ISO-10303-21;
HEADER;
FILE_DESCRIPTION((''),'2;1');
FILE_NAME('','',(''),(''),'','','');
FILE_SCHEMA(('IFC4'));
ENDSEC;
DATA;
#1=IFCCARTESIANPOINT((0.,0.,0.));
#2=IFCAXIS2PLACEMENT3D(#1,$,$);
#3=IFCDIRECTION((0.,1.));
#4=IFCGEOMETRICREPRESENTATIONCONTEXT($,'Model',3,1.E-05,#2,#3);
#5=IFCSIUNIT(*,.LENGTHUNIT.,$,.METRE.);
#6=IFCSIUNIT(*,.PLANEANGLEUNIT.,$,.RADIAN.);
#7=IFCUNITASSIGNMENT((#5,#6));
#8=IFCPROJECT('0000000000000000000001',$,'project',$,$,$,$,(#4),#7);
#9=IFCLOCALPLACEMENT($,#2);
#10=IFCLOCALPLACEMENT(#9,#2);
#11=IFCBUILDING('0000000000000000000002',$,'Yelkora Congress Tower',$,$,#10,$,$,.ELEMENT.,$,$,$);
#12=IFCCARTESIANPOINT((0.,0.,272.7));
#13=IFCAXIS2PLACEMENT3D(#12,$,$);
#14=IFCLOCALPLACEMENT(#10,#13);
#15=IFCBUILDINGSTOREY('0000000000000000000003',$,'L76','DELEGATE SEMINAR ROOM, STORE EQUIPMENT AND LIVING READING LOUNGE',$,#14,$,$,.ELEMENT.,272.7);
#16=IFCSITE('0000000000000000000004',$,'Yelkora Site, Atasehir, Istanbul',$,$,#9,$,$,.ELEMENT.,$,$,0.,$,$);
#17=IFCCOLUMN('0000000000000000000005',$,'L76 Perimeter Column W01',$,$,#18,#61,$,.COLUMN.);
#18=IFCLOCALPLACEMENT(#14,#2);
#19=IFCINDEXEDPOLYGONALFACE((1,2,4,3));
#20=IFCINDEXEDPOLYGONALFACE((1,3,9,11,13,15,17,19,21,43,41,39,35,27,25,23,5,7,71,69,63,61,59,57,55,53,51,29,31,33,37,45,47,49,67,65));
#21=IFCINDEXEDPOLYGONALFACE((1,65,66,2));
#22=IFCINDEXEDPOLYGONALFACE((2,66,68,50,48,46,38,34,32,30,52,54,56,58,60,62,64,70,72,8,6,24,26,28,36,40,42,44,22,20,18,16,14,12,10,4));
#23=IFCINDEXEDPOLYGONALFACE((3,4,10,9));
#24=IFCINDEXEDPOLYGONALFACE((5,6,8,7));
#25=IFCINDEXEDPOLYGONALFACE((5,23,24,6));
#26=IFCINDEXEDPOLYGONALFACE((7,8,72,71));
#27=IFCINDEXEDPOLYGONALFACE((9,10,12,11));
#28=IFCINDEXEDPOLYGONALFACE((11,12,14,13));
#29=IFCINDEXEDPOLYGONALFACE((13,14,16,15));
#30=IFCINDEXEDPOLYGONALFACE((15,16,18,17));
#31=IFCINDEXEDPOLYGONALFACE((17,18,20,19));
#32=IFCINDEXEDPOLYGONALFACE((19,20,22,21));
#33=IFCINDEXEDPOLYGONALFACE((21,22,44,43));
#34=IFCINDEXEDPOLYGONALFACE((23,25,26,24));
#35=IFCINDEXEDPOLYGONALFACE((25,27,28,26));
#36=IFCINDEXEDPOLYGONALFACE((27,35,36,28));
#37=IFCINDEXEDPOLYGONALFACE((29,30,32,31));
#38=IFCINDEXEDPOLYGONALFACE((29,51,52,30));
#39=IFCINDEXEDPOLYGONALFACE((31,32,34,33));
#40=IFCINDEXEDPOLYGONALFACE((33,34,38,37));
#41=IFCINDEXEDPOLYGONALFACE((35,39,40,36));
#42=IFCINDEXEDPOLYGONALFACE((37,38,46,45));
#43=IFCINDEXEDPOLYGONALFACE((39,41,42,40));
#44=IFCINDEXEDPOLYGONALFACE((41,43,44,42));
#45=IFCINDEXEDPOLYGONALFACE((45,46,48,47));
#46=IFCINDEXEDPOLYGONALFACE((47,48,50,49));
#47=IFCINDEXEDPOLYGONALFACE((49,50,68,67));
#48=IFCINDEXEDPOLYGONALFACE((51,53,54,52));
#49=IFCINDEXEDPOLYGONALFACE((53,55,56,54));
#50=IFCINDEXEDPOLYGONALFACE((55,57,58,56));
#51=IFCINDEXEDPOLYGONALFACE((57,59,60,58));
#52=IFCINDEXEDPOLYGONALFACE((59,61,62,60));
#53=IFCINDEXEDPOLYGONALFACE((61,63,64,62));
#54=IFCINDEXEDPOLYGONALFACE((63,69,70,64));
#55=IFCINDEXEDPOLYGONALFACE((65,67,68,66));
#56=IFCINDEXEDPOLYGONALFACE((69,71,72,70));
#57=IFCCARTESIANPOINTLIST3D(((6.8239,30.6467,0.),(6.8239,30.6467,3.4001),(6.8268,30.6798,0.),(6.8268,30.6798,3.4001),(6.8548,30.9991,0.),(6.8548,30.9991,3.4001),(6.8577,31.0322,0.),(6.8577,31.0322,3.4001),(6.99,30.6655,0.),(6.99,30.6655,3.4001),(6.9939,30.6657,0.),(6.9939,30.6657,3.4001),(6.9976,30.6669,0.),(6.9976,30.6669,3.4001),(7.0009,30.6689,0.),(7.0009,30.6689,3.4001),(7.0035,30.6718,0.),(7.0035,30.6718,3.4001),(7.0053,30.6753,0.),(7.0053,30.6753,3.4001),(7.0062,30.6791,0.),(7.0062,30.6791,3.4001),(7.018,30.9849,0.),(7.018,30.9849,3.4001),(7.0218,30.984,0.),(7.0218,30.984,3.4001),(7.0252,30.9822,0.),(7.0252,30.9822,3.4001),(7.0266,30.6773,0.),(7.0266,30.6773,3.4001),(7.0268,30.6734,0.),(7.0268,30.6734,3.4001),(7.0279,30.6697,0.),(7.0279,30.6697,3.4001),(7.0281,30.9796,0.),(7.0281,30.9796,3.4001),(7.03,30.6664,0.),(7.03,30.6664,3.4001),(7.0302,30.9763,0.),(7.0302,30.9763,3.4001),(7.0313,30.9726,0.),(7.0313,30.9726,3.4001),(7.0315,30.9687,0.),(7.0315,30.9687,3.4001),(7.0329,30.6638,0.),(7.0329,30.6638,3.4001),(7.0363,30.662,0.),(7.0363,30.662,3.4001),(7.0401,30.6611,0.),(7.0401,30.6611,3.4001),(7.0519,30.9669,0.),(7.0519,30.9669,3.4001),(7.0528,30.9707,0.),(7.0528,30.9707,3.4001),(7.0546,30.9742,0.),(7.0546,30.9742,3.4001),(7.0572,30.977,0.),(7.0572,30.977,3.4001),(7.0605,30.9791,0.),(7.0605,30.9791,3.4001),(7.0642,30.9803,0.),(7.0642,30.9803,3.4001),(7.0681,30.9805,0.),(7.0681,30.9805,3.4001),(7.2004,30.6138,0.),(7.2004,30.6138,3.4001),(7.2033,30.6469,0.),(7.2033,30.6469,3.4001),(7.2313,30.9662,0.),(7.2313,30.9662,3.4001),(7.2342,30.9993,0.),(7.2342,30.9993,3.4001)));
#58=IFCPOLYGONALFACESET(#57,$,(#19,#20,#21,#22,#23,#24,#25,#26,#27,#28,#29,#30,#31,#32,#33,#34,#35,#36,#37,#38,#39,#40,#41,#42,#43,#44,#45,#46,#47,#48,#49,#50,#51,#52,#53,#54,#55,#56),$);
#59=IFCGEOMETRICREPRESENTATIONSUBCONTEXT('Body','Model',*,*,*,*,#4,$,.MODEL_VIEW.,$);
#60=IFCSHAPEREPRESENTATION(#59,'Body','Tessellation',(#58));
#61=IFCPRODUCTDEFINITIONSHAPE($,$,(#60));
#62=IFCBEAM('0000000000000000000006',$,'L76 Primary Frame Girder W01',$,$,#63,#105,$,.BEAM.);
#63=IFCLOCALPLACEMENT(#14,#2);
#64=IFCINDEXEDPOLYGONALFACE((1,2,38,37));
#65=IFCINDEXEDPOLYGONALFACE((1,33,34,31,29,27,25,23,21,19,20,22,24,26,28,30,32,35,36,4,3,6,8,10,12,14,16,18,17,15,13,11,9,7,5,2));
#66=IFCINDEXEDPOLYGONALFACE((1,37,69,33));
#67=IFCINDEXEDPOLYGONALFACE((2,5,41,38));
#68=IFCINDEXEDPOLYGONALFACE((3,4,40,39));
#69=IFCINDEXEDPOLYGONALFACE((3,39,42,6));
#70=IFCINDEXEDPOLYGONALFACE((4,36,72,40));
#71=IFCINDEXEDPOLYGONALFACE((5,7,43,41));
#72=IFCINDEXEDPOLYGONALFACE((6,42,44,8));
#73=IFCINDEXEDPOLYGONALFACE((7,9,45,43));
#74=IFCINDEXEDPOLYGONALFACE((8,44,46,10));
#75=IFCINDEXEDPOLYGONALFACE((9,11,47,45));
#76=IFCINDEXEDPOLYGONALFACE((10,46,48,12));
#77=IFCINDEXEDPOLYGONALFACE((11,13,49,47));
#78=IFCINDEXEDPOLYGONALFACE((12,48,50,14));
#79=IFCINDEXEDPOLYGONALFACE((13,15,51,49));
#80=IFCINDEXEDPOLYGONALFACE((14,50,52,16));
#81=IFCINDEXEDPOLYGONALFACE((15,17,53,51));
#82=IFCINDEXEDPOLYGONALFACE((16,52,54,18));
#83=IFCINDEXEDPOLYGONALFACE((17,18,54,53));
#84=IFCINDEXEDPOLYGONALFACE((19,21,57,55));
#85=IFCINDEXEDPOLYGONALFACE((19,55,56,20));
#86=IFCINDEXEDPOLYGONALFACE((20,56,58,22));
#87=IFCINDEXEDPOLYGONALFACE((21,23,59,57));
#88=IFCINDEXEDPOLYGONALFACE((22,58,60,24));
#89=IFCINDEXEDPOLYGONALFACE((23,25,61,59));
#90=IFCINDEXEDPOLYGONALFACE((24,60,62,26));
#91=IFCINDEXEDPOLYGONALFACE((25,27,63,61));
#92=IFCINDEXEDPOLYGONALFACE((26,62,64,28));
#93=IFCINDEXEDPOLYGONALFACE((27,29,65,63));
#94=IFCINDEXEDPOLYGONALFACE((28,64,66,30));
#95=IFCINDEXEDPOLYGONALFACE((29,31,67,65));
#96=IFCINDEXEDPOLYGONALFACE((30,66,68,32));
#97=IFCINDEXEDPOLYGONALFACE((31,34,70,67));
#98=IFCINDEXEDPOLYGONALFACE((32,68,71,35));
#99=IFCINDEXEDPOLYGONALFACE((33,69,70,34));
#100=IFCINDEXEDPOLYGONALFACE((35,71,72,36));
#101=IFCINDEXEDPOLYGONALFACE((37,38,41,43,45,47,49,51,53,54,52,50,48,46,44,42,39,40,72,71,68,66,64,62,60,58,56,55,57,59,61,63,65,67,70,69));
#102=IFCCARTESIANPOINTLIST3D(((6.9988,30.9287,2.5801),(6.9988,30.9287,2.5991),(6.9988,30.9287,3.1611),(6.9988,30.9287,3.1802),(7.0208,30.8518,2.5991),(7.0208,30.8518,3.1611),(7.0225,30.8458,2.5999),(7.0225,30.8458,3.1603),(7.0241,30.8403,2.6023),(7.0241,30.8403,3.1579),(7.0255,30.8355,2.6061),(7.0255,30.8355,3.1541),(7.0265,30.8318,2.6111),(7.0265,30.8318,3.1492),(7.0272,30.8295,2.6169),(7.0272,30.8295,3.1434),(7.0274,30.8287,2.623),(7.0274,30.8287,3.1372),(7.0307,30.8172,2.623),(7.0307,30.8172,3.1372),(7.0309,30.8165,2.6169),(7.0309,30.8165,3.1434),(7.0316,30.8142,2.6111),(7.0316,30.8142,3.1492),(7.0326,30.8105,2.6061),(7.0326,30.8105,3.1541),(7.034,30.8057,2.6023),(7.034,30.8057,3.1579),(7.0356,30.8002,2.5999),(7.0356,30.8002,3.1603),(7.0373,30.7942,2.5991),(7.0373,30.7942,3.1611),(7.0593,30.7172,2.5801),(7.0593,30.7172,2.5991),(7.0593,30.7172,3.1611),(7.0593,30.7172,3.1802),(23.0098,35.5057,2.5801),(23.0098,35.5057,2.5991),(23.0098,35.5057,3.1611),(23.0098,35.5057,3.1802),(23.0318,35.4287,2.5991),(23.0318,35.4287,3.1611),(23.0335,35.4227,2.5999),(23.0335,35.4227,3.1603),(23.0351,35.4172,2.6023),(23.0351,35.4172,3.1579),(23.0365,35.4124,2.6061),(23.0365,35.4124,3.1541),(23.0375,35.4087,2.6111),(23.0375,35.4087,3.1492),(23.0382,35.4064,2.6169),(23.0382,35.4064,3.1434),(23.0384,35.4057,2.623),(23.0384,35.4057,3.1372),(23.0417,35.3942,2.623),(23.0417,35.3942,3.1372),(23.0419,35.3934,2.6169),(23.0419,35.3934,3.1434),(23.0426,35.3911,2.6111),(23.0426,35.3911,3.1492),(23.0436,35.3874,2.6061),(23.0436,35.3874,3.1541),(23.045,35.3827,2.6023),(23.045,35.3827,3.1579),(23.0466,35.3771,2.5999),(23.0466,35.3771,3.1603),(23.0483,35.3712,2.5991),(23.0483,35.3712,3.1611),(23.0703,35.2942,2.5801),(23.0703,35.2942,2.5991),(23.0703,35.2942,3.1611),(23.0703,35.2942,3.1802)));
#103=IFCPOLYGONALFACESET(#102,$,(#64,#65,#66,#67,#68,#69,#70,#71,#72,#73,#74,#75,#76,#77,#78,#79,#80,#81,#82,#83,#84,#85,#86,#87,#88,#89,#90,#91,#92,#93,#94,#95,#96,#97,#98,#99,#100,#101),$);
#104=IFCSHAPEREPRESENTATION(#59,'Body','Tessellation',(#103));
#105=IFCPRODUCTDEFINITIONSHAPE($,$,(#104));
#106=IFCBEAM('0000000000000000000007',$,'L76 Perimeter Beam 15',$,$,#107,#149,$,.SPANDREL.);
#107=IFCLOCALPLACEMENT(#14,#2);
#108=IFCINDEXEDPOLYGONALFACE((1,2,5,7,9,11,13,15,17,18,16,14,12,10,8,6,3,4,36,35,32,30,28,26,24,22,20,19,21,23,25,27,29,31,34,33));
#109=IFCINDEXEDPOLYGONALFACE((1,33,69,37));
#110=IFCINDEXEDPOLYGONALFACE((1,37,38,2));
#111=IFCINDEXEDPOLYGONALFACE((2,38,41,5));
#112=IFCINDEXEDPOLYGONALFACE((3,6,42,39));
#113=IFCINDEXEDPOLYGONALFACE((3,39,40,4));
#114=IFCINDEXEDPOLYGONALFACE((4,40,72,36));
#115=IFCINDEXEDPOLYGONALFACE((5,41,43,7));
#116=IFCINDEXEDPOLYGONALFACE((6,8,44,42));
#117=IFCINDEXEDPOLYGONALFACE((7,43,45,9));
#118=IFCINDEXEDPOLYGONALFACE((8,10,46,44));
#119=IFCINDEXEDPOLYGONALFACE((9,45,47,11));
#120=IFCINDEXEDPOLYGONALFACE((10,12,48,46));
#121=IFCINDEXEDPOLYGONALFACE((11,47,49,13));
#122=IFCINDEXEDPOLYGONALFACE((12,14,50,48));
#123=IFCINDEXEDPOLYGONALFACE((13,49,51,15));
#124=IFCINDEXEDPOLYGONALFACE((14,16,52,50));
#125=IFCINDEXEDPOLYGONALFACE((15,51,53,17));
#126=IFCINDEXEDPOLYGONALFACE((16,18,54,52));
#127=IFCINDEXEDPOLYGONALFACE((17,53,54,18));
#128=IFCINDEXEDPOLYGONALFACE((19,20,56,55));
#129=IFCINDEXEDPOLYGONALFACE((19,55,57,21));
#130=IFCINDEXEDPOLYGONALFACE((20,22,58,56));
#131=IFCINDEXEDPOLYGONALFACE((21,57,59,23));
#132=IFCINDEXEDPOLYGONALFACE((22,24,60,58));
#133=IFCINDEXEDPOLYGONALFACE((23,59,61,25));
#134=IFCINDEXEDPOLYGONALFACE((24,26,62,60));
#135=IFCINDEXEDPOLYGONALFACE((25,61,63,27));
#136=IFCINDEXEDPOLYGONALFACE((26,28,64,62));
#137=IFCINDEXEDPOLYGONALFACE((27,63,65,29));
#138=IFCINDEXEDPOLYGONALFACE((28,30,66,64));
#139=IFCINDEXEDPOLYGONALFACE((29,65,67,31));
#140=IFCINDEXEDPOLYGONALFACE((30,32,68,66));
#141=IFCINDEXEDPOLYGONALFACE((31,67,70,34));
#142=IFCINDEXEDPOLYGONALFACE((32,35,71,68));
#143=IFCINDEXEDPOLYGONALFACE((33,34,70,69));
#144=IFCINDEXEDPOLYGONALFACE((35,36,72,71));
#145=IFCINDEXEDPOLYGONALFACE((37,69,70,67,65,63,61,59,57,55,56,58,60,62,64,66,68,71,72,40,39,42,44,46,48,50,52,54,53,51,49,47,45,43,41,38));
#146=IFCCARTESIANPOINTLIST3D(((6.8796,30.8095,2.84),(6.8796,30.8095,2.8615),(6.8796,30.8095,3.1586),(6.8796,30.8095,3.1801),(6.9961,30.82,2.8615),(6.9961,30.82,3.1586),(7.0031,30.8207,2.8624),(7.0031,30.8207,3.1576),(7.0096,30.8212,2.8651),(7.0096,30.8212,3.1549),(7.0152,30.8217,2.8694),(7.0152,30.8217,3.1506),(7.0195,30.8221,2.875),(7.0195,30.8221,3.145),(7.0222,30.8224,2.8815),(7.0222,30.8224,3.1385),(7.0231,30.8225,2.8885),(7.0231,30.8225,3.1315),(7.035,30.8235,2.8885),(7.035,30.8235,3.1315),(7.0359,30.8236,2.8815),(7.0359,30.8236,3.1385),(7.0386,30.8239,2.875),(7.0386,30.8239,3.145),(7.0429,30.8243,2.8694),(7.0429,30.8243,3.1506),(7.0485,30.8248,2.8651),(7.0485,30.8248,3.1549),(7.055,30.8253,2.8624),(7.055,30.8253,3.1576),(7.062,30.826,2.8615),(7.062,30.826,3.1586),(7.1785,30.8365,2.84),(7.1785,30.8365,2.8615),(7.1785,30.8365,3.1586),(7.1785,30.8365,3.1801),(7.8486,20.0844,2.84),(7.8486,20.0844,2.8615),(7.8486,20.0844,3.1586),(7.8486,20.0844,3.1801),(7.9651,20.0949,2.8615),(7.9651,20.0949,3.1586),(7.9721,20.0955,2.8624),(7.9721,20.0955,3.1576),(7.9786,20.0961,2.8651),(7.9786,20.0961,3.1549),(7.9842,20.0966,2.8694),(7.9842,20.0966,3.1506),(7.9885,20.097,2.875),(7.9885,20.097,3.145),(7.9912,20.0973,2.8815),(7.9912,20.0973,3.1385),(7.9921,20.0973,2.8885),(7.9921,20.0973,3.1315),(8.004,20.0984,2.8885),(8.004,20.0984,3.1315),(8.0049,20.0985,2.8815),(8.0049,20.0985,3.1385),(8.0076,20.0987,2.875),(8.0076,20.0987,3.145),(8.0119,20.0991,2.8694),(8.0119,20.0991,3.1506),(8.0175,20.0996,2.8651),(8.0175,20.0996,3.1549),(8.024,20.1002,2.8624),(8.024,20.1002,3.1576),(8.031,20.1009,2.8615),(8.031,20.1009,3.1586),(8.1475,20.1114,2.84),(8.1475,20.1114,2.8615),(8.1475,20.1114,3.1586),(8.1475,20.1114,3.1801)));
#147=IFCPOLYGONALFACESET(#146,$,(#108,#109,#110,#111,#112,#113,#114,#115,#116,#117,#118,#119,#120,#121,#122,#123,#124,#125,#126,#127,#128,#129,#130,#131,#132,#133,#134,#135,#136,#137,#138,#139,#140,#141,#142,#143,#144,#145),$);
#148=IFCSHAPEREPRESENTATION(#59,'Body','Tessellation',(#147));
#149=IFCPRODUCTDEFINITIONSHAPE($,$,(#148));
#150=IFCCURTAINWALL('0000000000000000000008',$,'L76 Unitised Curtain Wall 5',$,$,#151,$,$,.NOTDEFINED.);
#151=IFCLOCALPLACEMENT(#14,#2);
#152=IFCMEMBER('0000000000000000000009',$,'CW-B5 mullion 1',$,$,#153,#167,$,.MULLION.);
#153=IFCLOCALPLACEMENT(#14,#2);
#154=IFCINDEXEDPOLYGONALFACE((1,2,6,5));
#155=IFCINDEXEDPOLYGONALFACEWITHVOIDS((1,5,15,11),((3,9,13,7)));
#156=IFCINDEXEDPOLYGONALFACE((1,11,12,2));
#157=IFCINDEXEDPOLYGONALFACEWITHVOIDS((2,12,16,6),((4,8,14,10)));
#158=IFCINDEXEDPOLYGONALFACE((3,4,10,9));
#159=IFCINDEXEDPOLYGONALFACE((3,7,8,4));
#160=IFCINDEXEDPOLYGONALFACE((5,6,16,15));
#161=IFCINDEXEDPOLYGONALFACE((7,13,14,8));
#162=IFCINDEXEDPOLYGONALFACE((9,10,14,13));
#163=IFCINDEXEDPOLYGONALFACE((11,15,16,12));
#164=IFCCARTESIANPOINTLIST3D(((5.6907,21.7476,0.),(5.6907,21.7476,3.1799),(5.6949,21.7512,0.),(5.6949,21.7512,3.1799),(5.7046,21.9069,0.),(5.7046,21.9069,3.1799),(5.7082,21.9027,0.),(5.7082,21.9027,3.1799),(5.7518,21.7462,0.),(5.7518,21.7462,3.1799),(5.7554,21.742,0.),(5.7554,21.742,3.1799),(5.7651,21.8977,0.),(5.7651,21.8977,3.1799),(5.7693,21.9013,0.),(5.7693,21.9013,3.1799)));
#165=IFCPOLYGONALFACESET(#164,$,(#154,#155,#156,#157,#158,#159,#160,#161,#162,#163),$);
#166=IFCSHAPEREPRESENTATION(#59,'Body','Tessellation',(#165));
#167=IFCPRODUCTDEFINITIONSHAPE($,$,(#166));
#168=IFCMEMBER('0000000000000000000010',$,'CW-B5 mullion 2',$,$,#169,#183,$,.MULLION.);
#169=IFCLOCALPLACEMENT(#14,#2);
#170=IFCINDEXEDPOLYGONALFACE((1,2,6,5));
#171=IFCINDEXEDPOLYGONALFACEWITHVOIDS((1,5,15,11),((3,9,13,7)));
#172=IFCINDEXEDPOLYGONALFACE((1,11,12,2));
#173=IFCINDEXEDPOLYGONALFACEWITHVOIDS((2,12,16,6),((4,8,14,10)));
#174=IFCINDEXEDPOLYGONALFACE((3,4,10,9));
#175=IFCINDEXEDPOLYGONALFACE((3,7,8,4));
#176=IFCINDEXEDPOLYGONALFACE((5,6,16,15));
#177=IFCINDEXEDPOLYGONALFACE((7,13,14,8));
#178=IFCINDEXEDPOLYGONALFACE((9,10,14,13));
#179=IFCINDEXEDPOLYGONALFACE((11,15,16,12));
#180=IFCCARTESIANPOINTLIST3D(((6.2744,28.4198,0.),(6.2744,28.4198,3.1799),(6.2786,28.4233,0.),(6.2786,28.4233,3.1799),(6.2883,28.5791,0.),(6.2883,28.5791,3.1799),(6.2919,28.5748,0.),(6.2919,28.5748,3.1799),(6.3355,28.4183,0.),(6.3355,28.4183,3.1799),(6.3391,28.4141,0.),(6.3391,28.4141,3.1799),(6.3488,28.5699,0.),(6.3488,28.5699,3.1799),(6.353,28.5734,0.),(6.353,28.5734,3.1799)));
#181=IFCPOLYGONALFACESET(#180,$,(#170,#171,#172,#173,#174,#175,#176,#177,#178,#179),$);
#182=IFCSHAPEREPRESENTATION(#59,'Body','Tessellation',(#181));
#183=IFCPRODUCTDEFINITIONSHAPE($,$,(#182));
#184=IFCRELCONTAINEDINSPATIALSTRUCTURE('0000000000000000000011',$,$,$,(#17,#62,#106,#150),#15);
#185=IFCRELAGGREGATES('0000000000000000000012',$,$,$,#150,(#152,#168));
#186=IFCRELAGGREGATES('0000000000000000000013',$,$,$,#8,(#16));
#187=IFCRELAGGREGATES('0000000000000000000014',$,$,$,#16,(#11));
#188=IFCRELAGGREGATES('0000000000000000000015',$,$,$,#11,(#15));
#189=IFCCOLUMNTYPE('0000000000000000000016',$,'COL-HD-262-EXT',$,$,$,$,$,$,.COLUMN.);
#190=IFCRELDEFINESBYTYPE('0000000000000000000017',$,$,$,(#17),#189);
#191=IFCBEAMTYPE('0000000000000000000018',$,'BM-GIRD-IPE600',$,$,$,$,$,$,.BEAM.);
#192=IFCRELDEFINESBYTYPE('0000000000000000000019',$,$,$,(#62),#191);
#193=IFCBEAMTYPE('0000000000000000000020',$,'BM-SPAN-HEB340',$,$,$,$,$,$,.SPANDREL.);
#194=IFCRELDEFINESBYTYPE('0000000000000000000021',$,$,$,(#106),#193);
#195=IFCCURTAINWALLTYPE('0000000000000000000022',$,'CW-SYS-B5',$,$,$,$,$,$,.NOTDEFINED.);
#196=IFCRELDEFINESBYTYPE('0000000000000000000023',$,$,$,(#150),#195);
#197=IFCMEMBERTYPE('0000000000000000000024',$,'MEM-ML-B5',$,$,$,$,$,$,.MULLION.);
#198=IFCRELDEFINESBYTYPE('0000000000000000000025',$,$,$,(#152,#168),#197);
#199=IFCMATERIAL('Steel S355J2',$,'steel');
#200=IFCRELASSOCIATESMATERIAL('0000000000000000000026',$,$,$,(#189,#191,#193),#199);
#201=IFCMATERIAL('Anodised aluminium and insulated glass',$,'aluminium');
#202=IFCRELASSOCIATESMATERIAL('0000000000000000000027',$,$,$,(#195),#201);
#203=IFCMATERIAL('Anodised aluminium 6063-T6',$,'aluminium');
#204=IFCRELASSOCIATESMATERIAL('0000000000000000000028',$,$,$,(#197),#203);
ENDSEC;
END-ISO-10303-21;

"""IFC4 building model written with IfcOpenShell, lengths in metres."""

from ifc_helpers import new_model, si_unit, direction, frame, origin, origin_2d, place, context, subcontext, project, spatial, hollow_rectangle, i_section, extrude, material, material_profile, profile_set, type_object, element, aggregate, save


model = new_model("IFC4")

# Units and contexts
model_context = context("Model", 3, precision=1e-05, world=origin(), true_north=direction((0.0, 1.0)))
body_context = subcontext(model_context, "Body", "Model", "MODEL_VIEW")
ifc_project = project(units=[si_unit("LENGTHUNIT", "METRE"), si_unit("PLANEANGLEUNIT", "RADIAN")], contexts=[model_context])

# Site, building, storey
site_placement = place(None, origin())
site = spatial("IfcSite", under=ifc_project, at=site_placement, Name="Yelkora Site, Atasehir, Istanbul", CompositionType="ELEMENT", RefElevation=0.0)
building_placement = place(site_placement, origin())
building = spatial("IfcBuilding", under=site, at=building_placement, Name="Yelkora Congress Tower", CompositionType="ELEMENT")
storey_placement = place(building_placement, frame((0.0, 0.0, 272.7)))
storey = spatial("IfcBuildingStorey", under=building, at=storey_placement, Name="L76", Description="DELEGATE SEMINAR ROOM, STORE EQUIPMENT AND LIVING READING LOUNGE", CompositionType="ELEMENT", Elevation=272.7)

# Column
ifc_material_1 = material(Name="Steel S355J2", Category="steel")
ifc_material_profile_1 = material_profile(ifc_material_1, i_section(OverallWidth=0.3779, OverallDepth=0.387, WebThickness=0.0205, FlangeThickness=0.0332, FilletRadius=0.0149, at=origin_2d()), Name="HD 360x262")
ifc_profile_set_1 = profile_set([ifc_material_profile_1], Name="Steel S355J2")
column_type = type_object("IfcColumnType", Name="COL-HD-262-EXT", PredefinedType="COLUMN", material=ifc_profile_set_1)
column_placement = place(storey_placement, frame((7.0291, 30.823, 0.0), z_axis=(0.0, 0.0, 1.0), x_axis=(0.996195, -0.087156, 0.0)))
element("IfcColumn", 1, at=column_placement, inside=storey, type_object=column_type, Name="L76 Perimeter Column W01", PredefinedType="COLUMN", context=body_context, shape_type="SweptSolid", body=[
    extrude(i_section(OverallWidth=0.3779, OverallDepth=0.387, WebThickness=0.0205, FlangeThickness=0.0332, FilletRadius=0.0149, at=origin_2d()), origin(), (0.0, 0.0, 1.0), 3.4001),
])

# Beams
ifc_material_profile_2 = material_profile(ifc_material_1, i_section(OverallWidth=0.22, OverallDepth=0.6001, WebThickness=0.012, FlangeThickness=0.019, FilletRadius=0.0239, at=origin_2d()), Name="IPE 600")
ifc_profile_set_2 = profile_set([ifc_material_profile_2], Name="Steel S355J2")
beam_type_1 = type_object("IfcBeamType", Name="BM-GIRD-IPE600", PredefinedType="BEAM", material=ifc_profile_set_2)
beam_1_placement = place(storey_placement, frame((7.0291, 30.823, 2.8801), z_axis=(0.961487, 0.274851, 0.0), x_axis=(-0.274851, 0.961487, 0.0)))
element("IfcBeam", 2, at=beam_1_placement, inside=storey, type_object=beam_type_1, Name="L76 Primary Frame Girder W01", PredefinedType="BEAM", context=body_context, shape_type="SweptSolid", body=[
    extrude(i_section(OverallWidth=0.22, OverallDepth=0.6001, WebThickness=0.012, FlangeThickness=0.019, FilletRadius=0.0239, at=origin_2d()), origin(), (0.0, 0.0, 1.0), 16.6523),
])
ifc_material_profile_3 = material_profile(ifc_material_1, i_section(OverallWidth=0.3, OverallDepth=0.3401, WebThickness=0.012, FlangeThickness=0.0215, FilletRadius=0.0271, at=origin_2d()), Name="HEB 340")
ifc_profile_set_3 = profile_set([ifc_material_profile_3], Name="Steel S355J2")
beam_type_2 = type_object("IfcBeamType", Name="BM-SPAN-HEB340", PredefinedType="SPANDREL", material=ifc_profile_set_3)
beam_2_placement = place(storey_placement, frame((7.0291, 30.823, 3.01), z_axis=(0.089982, -0.995943, 0.0), x_axis=(0.995943, 0.089982, 0.0)))
element("IfcBeam", 3, at=beam_2_placement, inside=storey, type_object=beam_type_2, Name="L76 Perimeter Beam 15", PredefinedType="SPANDREL", context=body_context, shape_type="SweptSolid", body=[
    extrude(i_section(OverallWidth=0.3, OverallDepth=0.3401, WebThickness=0.012, FlangeThickness=0.0215, FilletRadius=0.0271, at=origin_2d()), origin(), (0.0, 0.0, 1.0), 10.7688),
])

# Curtain wall, members
ifc_material_2 = material(Name="Anodised aluminium and insulated glass", Category="aluminium")
curtain_wall_type = type_object("IfcCurtainWallType", Name="CW-SYS-B5", PredefinedType="NOTDEFINED", material=ifc_material_2)
curtain_wall_placement = place(storey_placement, origin())
curtain_wall = element("IfcCurtainWall", 4, at=curtain_wall_placement, inside=storey, type_object=curtain_wall_type, Name="L76 Unitised Curtain Wall 5", PredefinedType="NOTDEFINED")
ifc_material_3 = material(Name="Anodised aluminium 6063-T6", Category="aluminium")
ifc_material_profile_4 = material_profile(ifc_material_3, hollow_rectangle(XDim=0.0649, YDim=0.1599, WallThickness=0.0039, at=origin_2d()), Name="ALU 65x160x4")
ifc_profile_set_4 = profile_set([ifc_material_profile_4], Name="Anodised aluminium 6063-T6")
member_type_1 = type_object("IfcMemberType", Name="MEM-ML-B5", PredefinedType="MULLION", material=ifc_profile_set_4)
member_1_placement = place(storey_placement, frame((5.73, 21.8245, 0.0), z_axis=(0.0, 0.0, 1.0), x_axis=(-0.996195, 0.087155, 0.0)))
member_1 = element("IfcMember", 5, at=member_1_placement, type_object=member_type_1, Name="CW-B5 mullion 1", PredefinedType="MULLION", context=body_context, shape_type="SweptSolid", body=[
    extrude(hollow_rectangle(XDim=0.0649, YDim=0.1599, WallThickness=0.0039, at=origin_2d()), origin(), (0.0, 0.0, 1.0), 3.1799),
])
member_2_placement = place(storey_placement, frame((6.3137, 28.4966, 0.0), z_axis=(0.0, 0.0, 1.0), x_axis=(-0.996195, 0.087155, 0.0)))
member_2 = element("IfcMember", 6, at=member_2_placement, type_object=member_type_1, Name="CW-B5 mullion 2", PredefinedType="MULLION", context=body_context, shape_type="SweptSolid", body=[
    extrude(hollow_rectangle(XDim=0.0649, YDim=0.1599, WallThickness=0.0039, at=origin_2d()), origin(), (0.0, 0.0, 1.0), 3.1799),
])
aggregate(curtain_wall, [member_1, member_2])

save(model, "model.ifc")
